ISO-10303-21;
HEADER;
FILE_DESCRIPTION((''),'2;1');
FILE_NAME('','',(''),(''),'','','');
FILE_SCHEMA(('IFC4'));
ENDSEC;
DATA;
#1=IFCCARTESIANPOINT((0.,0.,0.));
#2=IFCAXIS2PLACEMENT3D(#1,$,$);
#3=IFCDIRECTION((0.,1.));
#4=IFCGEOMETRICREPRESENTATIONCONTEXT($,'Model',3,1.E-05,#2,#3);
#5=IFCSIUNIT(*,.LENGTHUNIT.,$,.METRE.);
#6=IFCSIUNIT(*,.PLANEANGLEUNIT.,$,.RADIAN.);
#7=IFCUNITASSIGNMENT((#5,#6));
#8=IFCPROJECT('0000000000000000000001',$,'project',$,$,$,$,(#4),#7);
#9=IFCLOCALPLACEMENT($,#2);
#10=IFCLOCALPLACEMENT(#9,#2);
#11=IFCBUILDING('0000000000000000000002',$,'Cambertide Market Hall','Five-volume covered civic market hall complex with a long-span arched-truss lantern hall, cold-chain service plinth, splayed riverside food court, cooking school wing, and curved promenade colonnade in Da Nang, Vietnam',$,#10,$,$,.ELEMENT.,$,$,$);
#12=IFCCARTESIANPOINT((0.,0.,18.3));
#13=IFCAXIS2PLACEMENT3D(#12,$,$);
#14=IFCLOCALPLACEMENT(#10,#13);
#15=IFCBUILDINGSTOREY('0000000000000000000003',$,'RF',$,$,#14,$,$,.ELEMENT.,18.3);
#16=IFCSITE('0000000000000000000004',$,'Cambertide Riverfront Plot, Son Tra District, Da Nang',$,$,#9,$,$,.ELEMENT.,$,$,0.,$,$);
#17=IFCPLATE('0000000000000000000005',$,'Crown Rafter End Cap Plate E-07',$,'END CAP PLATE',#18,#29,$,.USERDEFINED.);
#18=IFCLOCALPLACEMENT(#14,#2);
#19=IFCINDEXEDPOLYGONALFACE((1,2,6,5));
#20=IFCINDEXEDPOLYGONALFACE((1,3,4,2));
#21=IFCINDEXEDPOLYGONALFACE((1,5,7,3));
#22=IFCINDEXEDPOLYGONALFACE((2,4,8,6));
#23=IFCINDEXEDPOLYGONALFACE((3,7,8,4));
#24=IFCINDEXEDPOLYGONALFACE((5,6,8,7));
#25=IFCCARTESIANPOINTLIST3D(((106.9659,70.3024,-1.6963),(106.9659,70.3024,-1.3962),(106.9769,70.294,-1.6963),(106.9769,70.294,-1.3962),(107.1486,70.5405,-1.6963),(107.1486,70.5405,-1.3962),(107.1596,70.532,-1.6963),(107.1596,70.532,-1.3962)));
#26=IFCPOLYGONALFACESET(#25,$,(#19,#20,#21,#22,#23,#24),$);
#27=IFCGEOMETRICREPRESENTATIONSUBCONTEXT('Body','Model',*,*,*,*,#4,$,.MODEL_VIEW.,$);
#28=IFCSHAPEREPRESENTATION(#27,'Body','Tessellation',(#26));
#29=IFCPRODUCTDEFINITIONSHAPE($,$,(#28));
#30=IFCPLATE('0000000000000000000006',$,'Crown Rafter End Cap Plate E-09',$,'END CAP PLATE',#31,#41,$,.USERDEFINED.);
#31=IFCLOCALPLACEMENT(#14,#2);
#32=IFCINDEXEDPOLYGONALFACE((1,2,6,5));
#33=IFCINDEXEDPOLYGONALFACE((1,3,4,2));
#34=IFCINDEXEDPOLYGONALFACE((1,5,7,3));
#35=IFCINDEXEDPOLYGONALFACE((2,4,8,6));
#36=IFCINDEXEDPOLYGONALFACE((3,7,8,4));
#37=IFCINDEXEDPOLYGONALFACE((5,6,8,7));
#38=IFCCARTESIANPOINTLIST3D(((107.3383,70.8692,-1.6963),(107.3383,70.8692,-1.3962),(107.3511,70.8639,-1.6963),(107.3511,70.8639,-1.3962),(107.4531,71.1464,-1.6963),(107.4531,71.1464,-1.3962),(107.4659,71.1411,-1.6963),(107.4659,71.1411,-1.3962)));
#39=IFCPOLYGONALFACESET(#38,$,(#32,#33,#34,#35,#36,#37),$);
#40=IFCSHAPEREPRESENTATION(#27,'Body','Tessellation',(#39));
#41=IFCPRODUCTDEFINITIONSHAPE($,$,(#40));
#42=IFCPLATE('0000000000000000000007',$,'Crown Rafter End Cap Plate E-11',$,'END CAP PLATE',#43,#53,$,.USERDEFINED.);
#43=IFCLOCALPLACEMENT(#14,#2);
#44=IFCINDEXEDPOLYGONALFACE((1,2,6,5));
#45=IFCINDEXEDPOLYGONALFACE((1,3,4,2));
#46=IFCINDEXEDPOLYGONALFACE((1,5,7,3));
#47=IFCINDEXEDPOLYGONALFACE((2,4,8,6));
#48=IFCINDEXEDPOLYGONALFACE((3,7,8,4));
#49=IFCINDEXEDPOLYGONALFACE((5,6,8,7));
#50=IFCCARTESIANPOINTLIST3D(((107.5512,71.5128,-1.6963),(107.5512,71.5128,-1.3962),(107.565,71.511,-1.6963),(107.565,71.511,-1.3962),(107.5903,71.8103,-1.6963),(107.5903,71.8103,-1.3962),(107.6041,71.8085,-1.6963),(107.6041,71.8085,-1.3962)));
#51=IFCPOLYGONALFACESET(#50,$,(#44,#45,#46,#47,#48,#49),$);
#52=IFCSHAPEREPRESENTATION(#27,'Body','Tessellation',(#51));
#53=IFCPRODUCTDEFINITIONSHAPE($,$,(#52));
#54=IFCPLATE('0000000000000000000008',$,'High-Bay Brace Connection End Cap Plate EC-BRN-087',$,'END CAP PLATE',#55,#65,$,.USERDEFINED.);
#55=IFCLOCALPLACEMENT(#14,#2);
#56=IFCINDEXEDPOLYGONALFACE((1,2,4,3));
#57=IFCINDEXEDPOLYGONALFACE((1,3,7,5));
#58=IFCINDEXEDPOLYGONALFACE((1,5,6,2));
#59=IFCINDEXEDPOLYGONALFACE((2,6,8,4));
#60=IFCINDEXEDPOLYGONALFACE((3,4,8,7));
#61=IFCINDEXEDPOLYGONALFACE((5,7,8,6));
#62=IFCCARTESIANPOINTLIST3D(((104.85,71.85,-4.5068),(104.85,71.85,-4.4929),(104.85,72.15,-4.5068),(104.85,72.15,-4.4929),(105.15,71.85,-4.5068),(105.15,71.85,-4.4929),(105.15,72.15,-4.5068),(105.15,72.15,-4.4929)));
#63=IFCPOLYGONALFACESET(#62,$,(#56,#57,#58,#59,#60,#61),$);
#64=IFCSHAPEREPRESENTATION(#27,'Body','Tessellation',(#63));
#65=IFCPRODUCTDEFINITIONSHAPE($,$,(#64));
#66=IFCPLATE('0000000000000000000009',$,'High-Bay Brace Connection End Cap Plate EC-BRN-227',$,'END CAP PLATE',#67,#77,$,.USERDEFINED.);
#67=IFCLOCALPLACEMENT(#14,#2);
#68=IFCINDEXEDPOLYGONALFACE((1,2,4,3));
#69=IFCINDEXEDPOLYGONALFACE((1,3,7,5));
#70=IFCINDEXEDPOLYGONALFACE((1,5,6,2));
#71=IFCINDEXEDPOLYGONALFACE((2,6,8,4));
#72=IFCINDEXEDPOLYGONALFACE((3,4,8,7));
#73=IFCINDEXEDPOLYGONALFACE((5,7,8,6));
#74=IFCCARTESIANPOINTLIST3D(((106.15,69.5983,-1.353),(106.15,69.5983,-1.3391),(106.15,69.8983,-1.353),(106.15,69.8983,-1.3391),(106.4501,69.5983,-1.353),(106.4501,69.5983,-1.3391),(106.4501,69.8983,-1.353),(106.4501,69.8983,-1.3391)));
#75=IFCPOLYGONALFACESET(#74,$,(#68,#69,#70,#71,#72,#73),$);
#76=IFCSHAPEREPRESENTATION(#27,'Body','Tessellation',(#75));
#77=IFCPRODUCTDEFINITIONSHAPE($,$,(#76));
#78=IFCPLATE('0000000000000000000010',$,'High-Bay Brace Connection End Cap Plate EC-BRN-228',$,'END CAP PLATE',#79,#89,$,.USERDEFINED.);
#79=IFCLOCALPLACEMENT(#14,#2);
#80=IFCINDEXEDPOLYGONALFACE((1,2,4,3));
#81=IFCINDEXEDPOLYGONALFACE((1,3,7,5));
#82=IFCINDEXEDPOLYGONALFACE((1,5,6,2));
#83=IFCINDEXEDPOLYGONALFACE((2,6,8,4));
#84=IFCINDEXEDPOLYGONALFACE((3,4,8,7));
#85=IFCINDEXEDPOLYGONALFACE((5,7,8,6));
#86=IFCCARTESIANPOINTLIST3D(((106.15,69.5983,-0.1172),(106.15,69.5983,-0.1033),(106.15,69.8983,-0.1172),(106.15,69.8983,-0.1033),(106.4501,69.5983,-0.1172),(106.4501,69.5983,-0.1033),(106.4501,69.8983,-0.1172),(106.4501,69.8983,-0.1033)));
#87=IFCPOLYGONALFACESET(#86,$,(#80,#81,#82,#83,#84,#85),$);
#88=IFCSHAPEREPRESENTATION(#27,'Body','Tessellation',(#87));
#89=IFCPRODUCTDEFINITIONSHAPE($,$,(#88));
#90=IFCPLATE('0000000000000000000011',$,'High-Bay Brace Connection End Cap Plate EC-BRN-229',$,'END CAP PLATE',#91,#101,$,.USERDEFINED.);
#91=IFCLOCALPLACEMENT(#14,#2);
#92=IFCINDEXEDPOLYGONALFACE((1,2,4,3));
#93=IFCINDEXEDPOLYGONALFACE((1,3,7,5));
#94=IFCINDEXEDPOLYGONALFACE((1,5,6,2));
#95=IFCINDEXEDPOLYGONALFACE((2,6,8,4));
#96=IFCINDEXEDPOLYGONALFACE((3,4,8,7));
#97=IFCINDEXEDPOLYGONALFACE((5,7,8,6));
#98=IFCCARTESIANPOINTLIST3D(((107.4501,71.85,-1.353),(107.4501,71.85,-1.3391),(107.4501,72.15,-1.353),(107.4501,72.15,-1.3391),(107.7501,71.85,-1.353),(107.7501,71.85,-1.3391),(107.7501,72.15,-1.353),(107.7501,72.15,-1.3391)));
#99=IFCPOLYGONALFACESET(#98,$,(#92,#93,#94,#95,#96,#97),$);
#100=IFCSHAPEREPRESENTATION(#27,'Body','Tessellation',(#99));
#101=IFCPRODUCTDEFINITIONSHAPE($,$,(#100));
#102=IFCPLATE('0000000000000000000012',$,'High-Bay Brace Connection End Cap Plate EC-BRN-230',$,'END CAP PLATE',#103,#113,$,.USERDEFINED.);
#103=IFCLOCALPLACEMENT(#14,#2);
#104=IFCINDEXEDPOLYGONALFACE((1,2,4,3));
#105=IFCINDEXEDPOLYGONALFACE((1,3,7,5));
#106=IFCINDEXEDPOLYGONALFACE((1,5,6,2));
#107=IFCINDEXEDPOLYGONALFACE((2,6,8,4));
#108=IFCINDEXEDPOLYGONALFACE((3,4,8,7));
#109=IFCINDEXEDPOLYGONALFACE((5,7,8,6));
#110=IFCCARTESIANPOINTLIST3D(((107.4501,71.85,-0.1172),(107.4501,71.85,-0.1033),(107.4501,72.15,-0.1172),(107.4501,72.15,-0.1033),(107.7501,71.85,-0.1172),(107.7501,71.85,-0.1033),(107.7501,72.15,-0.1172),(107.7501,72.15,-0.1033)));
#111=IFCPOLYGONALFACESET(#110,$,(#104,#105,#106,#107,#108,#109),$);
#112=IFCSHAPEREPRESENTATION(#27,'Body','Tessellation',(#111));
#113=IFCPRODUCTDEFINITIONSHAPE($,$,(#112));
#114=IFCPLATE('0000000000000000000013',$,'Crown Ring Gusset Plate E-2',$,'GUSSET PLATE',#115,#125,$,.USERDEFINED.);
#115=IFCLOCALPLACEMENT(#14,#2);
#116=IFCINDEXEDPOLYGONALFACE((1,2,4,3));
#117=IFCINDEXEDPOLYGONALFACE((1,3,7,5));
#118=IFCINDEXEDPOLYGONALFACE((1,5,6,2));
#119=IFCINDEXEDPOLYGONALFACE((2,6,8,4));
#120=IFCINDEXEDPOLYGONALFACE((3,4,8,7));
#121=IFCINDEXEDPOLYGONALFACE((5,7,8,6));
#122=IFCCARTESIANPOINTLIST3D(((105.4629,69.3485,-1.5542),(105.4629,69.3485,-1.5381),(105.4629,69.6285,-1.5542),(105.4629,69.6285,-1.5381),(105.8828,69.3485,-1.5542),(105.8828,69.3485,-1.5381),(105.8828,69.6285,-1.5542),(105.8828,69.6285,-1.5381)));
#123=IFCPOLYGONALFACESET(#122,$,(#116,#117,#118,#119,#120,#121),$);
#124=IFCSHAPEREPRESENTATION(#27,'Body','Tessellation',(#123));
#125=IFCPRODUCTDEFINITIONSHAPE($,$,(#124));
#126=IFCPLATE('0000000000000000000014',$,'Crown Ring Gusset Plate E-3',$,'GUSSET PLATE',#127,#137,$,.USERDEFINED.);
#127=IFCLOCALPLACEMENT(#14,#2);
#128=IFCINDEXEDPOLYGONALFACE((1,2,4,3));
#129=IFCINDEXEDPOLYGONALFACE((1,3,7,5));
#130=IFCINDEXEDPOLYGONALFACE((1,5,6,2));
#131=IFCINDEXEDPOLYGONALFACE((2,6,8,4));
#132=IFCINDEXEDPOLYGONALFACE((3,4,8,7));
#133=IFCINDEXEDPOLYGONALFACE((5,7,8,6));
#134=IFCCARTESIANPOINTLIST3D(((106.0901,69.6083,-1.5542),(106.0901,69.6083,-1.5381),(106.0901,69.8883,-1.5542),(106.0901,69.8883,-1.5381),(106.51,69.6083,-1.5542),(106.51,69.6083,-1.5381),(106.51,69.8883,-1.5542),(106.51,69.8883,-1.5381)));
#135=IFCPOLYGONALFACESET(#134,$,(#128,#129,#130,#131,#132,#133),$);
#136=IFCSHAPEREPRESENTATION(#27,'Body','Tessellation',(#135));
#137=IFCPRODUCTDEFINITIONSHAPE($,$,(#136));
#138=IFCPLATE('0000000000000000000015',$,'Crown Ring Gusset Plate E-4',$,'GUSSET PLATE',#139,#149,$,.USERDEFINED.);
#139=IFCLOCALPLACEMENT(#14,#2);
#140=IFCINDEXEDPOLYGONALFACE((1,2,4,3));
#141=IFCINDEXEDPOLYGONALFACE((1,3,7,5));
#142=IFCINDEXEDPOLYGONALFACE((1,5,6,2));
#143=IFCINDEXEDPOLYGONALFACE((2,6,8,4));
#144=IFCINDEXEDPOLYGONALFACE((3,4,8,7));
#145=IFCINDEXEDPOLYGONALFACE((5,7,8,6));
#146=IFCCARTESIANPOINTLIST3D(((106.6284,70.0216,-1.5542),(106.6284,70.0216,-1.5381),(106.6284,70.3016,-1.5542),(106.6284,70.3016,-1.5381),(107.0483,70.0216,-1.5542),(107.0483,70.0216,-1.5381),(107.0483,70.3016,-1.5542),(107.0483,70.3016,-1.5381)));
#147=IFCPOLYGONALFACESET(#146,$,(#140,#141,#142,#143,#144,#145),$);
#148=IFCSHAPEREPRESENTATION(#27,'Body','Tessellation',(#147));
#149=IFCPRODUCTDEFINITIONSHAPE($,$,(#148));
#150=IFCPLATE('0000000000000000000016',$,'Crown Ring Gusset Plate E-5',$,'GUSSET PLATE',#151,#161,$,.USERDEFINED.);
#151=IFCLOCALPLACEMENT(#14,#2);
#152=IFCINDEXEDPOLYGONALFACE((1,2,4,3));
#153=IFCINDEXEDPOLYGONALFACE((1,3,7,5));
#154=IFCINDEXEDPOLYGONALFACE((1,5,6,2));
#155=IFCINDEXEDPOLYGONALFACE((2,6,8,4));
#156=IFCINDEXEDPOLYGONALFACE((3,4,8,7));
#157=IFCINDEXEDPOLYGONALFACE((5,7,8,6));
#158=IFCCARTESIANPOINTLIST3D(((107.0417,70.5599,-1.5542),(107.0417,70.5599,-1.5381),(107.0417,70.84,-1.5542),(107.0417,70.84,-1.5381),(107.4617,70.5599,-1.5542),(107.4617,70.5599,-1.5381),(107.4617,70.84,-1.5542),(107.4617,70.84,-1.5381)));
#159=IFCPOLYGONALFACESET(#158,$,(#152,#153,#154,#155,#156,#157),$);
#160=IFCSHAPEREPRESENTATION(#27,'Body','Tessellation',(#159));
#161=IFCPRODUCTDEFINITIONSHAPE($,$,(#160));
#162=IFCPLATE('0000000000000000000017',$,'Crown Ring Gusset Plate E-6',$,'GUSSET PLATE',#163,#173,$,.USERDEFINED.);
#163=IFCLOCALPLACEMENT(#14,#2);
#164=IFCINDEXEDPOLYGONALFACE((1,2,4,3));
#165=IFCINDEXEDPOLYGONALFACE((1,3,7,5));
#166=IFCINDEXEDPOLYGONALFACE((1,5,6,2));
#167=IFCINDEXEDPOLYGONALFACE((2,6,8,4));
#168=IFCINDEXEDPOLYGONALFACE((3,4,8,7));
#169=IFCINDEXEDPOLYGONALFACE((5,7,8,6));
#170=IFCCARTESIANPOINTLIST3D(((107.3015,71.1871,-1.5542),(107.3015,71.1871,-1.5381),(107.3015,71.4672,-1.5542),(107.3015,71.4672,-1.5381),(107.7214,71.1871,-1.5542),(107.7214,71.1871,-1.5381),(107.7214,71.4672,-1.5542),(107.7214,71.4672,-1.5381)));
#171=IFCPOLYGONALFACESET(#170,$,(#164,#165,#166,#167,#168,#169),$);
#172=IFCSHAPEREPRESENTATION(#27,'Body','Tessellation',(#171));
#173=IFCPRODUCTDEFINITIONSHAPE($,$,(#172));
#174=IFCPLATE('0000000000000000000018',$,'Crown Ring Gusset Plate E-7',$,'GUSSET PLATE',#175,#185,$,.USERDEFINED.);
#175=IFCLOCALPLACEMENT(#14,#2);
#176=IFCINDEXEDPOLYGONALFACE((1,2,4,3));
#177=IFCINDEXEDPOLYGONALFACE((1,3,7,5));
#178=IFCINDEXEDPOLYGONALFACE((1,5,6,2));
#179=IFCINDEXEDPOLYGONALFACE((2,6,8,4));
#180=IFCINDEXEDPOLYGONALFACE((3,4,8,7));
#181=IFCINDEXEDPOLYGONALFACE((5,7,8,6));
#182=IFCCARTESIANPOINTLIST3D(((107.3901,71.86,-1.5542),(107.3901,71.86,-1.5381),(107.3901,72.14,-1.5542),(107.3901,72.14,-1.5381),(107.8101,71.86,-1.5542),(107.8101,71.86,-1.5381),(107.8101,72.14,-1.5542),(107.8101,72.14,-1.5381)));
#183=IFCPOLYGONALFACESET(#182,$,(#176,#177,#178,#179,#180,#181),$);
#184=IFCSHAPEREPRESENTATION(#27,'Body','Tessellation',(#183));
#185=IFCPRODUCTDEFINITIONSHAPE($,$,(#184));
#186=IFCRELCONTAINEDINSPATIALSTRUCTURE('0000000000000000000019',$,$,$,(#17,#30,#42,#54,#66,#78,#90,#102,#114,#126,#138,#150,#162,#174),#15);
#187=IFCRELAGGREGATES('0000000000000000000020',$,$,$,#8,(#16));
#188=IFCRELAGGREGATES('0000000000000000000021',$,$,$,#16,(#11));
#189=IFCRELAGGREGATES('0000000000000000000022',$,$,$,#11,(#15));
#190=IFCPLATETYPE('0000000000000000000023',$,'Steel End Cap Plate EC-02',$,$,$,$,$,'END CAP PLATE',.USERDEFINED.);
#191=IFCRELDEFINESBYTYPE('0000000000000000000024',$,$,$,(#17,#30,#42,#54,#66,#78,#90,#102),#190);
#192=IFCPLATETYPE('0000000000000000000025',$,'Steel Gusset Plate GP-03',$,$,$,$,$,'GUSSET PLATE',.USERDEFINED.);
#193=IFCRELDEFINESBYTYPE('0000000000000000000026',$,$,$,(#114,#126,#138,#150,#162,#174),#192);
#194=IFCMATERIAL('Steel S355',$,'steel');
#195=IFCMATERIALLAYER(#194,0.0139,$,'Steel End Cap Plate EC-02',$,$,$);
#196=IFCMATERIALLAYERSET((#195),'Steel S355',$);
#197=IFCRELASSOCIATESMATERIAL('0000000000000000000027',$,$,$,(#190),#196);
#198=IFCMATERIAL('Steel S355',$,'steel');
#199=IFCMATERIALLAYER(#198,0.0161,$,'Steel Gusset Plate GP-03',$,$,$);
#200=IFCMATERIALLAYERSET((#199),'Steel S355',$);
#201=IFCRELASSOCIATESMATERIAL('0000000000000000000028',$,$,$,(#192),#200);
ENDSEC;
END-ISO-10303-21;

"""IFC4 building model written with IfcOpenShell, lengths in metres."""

from ifc_helpers import new_model, si_unit, direction, frame, origin, origin_2d, place, context, subcontext, project, spatial, rectangle, extrude, material, layer, layer_set, type_object, element, save


model = new_model("IFC4")

# Units and contexts
model_context = context("Model", 3, precision=1e-05, world=origin(), true_north=direction((0.0, 1.0)))
body_context = subcontext(model_context, "Body", "Model", "MODEL_VIEW")
ifc_project = project(units=[si_unit("LENGTHUNIT", "METRE"), si_unit("PLANEANGLEUNIT", "RADIAN")], contexts=[model_context])

# Site, building, storey
site_placement = place(None, origin())
site = spatial("IfcSite", under=ifc_project, at=site_placement, Name="Cambertide Riverfront Plot, Son Tra District, Da Nang", CompositionType="ELEMENT", RefElevation=0.0)
building_placement = place(site_placement, origin())
building = spatial("IfcBuilding", under=site, at=building_placement, Name="Cambertide Market Hall", Description="Five-volume covered civic market hall complex with a long-span arched-truss lantern hall, cold-chain service plinth, splayed riverside food court, cooking school wing, and curved promenade colonnade in Da Nang, Vietnam", CompositionType="ELEMENT")
storey_placement = place(building_placement, frame((0.0, 0.0, 18.3)))
storey = spatial("IfcBuildingStorey", under=building, at=storey_placement, Name="RF", CompositionType="ELEMENT", Elevation=18.3)

# Plates
ifc_material_1 = material(Name="Steel S355", Category="steel")
ifc_layer_1 = layer(ifc_material_1, 0.0139, Name="Steel End Cap Plate EC-02")
ifc_layer_set_1 = layer_set([ifc_layer_1], Name="Steel S355")
plate_type_1 = type_object("IfcPlateType", Name="Steel End Cap Plate EC-02", ElementType="END CAP PLATE", PredefinedType="USERDEFINED", material=ifc_layer_set_1)
for number, where, z_axis, x_axis, name in (
    (1, (107.0627, 70.4172, -1.6963), (0.0, 0.0, 1.0), (0.793353, -0.608761, 0.0), "Crown Rafter End Cap Plate E-07"),
    (2, (107.4021, 71.0051, -1.6963), (0.0, 0.0, 1.0), (0.92388, -0.382683, 0.0), "Crown Rafter End Cap Plate E-09"),
    (3, (107.5776, 71.6606, -1.6963), (0.0, 0.0, 1.0), (0.991445, -0.130526, 0.0), "Crown Rafter End Cap Plate E-11"),
):
    element("IfcPlate", number, at=place(storey_placement, frame(where, z_axis=z_axis, x_axis=x_axis)), inside=storey, type_object=plate_type_1, Name=name, ObjectType="END CAP PLATE", PredefinedType="USERDEFINED", context=body_context, shape_type="SweptSolid", body=[
        extrude(rectangle(XDim=0.0139, YDim=0.3, at=origin_2d()), origin(), (0.0, 0.0, 1.0), 0.3),
    ])
for number, where, z_axis, x_axis, name in (
    (4, (105.0, 72.0, -4.5068), (0.0, 0.0, 1.0), (1.0, 0.0, 0.0), "High-Bay Brace Connection End Cap Plate EC-BRN-087"),
    (5, (106.3, 69.7483, -1.353), (0.0, 0.0, 1.0), (1.0, 0.0, 0.0), "High-Bay Brace Connection End Cap Plate EC-BRN-227"),
    (6, (106.3, 69.7483, -0.1172), (0.0, 0.0, 1.0), (1.0, 0.0, 0.0), "High-Bay Brace Connection End Cap Plate EC-BRN-228"),
    (7, (107.6001, 72.0, -1.353), (0.0, 0.0, 1.0), (1.0, 0.0, 0.0), "High-Bay Brace Connection End Cap Plate EC-BRN-229"),
    (8, (107.6001, 72.0, -0.1172), (0.0, 0.0, 1.0), (1.0, 0.0, 0.0), "High-Bay Brace Connection End Cap Plate EC-BRN-230"),
):
    element("IfcPlate", number, at=place(storey_placement, frame(where, z_axis=z_axis, x_axis=x_axis)), inside=storey, type_object=plate_type_1, Name=name, ObjectType="END CAP PLATE", PredefinedType="USERDEFINED", context=body_context, shape_type="SweptSolid", body=[
        extrude(rectangle(XDim=0.3, YDim=0.3, at=origin_2d()), origin(), (0.0, 0.0, 1.0), 0.0139),
    ])
ifc_material_2 = material(Name="Steel S355", Category="steel")
ifc_layer_2 = layer(ifc_material_2, 0.0161, Name="Steel Gusset Plate GP-03")
ifc_layer_set_2 = layer_set([ifc_layer_2], Name="Steel S355")
plate_type_2 = type_object("IfcPlateType", Name="Steel Gusset Plate GP-03", ElementType="GUSSET PLATE", PredefinedType="USERDEFINED", material=ifc_layer_set_2)
for number, where, z_axis, x_axis, name in (
    (9, (105.6729, 69.4885, -1.5542), (0.0, 0.0, 1.0), (1.0, 0.0, 0.0), "Crown Ring Gusset Plate E-2"),
    (10, (106.3, 69.7483, -1.5542), (0.0, 0.0, 1.0), (1.0, 0.0, 0.0), "Crown Ring Gusset Plate E-3"),
    (11, (106.8384, 70.1616, -1.5542), (0.0, 0.0, 1.0), (1.0, 0.0, 0.0), "Crown Ring Gusset Plate E-4"),
    (12, (107.2517, 70.7, -1.5542), (0.0, 0.0, 1.0), (1.0, 0.0, 0.0), "Crown Ring Gusset Plate E-5"),
    (13, (107.5115, 71.3271, -1.5542), (0.0, 0.0, 1.0), (1.0, 0.0, 0.0), "Crown Ring Gusset Plate E-6"),
    (14, (107.6001, 72.0, -1.5542), (0.0, 0.0, 1.0), (1.0, 0.0, 0.0), "Crown Ring Gusset Plate E-7"),
):
    element("IfcPlate", number, at=place(storey_placement, frame(where, z_axis=z_axis, x_axis=x_axis)), inside=storey, type_object=plate_type_2, Name=name, ObjectType="GUSSET PLATE", PredefinedType="USERDEFINED", context=body_context, shape_type="SweptSolid", body=[
        extrude(rectangle(XDim=0.4199, YDim=0.28, at=origin_2d()), origin(), (0.0, 0.0, 1.0), 0.0161),
    ])

save(model, "model.ifc")
